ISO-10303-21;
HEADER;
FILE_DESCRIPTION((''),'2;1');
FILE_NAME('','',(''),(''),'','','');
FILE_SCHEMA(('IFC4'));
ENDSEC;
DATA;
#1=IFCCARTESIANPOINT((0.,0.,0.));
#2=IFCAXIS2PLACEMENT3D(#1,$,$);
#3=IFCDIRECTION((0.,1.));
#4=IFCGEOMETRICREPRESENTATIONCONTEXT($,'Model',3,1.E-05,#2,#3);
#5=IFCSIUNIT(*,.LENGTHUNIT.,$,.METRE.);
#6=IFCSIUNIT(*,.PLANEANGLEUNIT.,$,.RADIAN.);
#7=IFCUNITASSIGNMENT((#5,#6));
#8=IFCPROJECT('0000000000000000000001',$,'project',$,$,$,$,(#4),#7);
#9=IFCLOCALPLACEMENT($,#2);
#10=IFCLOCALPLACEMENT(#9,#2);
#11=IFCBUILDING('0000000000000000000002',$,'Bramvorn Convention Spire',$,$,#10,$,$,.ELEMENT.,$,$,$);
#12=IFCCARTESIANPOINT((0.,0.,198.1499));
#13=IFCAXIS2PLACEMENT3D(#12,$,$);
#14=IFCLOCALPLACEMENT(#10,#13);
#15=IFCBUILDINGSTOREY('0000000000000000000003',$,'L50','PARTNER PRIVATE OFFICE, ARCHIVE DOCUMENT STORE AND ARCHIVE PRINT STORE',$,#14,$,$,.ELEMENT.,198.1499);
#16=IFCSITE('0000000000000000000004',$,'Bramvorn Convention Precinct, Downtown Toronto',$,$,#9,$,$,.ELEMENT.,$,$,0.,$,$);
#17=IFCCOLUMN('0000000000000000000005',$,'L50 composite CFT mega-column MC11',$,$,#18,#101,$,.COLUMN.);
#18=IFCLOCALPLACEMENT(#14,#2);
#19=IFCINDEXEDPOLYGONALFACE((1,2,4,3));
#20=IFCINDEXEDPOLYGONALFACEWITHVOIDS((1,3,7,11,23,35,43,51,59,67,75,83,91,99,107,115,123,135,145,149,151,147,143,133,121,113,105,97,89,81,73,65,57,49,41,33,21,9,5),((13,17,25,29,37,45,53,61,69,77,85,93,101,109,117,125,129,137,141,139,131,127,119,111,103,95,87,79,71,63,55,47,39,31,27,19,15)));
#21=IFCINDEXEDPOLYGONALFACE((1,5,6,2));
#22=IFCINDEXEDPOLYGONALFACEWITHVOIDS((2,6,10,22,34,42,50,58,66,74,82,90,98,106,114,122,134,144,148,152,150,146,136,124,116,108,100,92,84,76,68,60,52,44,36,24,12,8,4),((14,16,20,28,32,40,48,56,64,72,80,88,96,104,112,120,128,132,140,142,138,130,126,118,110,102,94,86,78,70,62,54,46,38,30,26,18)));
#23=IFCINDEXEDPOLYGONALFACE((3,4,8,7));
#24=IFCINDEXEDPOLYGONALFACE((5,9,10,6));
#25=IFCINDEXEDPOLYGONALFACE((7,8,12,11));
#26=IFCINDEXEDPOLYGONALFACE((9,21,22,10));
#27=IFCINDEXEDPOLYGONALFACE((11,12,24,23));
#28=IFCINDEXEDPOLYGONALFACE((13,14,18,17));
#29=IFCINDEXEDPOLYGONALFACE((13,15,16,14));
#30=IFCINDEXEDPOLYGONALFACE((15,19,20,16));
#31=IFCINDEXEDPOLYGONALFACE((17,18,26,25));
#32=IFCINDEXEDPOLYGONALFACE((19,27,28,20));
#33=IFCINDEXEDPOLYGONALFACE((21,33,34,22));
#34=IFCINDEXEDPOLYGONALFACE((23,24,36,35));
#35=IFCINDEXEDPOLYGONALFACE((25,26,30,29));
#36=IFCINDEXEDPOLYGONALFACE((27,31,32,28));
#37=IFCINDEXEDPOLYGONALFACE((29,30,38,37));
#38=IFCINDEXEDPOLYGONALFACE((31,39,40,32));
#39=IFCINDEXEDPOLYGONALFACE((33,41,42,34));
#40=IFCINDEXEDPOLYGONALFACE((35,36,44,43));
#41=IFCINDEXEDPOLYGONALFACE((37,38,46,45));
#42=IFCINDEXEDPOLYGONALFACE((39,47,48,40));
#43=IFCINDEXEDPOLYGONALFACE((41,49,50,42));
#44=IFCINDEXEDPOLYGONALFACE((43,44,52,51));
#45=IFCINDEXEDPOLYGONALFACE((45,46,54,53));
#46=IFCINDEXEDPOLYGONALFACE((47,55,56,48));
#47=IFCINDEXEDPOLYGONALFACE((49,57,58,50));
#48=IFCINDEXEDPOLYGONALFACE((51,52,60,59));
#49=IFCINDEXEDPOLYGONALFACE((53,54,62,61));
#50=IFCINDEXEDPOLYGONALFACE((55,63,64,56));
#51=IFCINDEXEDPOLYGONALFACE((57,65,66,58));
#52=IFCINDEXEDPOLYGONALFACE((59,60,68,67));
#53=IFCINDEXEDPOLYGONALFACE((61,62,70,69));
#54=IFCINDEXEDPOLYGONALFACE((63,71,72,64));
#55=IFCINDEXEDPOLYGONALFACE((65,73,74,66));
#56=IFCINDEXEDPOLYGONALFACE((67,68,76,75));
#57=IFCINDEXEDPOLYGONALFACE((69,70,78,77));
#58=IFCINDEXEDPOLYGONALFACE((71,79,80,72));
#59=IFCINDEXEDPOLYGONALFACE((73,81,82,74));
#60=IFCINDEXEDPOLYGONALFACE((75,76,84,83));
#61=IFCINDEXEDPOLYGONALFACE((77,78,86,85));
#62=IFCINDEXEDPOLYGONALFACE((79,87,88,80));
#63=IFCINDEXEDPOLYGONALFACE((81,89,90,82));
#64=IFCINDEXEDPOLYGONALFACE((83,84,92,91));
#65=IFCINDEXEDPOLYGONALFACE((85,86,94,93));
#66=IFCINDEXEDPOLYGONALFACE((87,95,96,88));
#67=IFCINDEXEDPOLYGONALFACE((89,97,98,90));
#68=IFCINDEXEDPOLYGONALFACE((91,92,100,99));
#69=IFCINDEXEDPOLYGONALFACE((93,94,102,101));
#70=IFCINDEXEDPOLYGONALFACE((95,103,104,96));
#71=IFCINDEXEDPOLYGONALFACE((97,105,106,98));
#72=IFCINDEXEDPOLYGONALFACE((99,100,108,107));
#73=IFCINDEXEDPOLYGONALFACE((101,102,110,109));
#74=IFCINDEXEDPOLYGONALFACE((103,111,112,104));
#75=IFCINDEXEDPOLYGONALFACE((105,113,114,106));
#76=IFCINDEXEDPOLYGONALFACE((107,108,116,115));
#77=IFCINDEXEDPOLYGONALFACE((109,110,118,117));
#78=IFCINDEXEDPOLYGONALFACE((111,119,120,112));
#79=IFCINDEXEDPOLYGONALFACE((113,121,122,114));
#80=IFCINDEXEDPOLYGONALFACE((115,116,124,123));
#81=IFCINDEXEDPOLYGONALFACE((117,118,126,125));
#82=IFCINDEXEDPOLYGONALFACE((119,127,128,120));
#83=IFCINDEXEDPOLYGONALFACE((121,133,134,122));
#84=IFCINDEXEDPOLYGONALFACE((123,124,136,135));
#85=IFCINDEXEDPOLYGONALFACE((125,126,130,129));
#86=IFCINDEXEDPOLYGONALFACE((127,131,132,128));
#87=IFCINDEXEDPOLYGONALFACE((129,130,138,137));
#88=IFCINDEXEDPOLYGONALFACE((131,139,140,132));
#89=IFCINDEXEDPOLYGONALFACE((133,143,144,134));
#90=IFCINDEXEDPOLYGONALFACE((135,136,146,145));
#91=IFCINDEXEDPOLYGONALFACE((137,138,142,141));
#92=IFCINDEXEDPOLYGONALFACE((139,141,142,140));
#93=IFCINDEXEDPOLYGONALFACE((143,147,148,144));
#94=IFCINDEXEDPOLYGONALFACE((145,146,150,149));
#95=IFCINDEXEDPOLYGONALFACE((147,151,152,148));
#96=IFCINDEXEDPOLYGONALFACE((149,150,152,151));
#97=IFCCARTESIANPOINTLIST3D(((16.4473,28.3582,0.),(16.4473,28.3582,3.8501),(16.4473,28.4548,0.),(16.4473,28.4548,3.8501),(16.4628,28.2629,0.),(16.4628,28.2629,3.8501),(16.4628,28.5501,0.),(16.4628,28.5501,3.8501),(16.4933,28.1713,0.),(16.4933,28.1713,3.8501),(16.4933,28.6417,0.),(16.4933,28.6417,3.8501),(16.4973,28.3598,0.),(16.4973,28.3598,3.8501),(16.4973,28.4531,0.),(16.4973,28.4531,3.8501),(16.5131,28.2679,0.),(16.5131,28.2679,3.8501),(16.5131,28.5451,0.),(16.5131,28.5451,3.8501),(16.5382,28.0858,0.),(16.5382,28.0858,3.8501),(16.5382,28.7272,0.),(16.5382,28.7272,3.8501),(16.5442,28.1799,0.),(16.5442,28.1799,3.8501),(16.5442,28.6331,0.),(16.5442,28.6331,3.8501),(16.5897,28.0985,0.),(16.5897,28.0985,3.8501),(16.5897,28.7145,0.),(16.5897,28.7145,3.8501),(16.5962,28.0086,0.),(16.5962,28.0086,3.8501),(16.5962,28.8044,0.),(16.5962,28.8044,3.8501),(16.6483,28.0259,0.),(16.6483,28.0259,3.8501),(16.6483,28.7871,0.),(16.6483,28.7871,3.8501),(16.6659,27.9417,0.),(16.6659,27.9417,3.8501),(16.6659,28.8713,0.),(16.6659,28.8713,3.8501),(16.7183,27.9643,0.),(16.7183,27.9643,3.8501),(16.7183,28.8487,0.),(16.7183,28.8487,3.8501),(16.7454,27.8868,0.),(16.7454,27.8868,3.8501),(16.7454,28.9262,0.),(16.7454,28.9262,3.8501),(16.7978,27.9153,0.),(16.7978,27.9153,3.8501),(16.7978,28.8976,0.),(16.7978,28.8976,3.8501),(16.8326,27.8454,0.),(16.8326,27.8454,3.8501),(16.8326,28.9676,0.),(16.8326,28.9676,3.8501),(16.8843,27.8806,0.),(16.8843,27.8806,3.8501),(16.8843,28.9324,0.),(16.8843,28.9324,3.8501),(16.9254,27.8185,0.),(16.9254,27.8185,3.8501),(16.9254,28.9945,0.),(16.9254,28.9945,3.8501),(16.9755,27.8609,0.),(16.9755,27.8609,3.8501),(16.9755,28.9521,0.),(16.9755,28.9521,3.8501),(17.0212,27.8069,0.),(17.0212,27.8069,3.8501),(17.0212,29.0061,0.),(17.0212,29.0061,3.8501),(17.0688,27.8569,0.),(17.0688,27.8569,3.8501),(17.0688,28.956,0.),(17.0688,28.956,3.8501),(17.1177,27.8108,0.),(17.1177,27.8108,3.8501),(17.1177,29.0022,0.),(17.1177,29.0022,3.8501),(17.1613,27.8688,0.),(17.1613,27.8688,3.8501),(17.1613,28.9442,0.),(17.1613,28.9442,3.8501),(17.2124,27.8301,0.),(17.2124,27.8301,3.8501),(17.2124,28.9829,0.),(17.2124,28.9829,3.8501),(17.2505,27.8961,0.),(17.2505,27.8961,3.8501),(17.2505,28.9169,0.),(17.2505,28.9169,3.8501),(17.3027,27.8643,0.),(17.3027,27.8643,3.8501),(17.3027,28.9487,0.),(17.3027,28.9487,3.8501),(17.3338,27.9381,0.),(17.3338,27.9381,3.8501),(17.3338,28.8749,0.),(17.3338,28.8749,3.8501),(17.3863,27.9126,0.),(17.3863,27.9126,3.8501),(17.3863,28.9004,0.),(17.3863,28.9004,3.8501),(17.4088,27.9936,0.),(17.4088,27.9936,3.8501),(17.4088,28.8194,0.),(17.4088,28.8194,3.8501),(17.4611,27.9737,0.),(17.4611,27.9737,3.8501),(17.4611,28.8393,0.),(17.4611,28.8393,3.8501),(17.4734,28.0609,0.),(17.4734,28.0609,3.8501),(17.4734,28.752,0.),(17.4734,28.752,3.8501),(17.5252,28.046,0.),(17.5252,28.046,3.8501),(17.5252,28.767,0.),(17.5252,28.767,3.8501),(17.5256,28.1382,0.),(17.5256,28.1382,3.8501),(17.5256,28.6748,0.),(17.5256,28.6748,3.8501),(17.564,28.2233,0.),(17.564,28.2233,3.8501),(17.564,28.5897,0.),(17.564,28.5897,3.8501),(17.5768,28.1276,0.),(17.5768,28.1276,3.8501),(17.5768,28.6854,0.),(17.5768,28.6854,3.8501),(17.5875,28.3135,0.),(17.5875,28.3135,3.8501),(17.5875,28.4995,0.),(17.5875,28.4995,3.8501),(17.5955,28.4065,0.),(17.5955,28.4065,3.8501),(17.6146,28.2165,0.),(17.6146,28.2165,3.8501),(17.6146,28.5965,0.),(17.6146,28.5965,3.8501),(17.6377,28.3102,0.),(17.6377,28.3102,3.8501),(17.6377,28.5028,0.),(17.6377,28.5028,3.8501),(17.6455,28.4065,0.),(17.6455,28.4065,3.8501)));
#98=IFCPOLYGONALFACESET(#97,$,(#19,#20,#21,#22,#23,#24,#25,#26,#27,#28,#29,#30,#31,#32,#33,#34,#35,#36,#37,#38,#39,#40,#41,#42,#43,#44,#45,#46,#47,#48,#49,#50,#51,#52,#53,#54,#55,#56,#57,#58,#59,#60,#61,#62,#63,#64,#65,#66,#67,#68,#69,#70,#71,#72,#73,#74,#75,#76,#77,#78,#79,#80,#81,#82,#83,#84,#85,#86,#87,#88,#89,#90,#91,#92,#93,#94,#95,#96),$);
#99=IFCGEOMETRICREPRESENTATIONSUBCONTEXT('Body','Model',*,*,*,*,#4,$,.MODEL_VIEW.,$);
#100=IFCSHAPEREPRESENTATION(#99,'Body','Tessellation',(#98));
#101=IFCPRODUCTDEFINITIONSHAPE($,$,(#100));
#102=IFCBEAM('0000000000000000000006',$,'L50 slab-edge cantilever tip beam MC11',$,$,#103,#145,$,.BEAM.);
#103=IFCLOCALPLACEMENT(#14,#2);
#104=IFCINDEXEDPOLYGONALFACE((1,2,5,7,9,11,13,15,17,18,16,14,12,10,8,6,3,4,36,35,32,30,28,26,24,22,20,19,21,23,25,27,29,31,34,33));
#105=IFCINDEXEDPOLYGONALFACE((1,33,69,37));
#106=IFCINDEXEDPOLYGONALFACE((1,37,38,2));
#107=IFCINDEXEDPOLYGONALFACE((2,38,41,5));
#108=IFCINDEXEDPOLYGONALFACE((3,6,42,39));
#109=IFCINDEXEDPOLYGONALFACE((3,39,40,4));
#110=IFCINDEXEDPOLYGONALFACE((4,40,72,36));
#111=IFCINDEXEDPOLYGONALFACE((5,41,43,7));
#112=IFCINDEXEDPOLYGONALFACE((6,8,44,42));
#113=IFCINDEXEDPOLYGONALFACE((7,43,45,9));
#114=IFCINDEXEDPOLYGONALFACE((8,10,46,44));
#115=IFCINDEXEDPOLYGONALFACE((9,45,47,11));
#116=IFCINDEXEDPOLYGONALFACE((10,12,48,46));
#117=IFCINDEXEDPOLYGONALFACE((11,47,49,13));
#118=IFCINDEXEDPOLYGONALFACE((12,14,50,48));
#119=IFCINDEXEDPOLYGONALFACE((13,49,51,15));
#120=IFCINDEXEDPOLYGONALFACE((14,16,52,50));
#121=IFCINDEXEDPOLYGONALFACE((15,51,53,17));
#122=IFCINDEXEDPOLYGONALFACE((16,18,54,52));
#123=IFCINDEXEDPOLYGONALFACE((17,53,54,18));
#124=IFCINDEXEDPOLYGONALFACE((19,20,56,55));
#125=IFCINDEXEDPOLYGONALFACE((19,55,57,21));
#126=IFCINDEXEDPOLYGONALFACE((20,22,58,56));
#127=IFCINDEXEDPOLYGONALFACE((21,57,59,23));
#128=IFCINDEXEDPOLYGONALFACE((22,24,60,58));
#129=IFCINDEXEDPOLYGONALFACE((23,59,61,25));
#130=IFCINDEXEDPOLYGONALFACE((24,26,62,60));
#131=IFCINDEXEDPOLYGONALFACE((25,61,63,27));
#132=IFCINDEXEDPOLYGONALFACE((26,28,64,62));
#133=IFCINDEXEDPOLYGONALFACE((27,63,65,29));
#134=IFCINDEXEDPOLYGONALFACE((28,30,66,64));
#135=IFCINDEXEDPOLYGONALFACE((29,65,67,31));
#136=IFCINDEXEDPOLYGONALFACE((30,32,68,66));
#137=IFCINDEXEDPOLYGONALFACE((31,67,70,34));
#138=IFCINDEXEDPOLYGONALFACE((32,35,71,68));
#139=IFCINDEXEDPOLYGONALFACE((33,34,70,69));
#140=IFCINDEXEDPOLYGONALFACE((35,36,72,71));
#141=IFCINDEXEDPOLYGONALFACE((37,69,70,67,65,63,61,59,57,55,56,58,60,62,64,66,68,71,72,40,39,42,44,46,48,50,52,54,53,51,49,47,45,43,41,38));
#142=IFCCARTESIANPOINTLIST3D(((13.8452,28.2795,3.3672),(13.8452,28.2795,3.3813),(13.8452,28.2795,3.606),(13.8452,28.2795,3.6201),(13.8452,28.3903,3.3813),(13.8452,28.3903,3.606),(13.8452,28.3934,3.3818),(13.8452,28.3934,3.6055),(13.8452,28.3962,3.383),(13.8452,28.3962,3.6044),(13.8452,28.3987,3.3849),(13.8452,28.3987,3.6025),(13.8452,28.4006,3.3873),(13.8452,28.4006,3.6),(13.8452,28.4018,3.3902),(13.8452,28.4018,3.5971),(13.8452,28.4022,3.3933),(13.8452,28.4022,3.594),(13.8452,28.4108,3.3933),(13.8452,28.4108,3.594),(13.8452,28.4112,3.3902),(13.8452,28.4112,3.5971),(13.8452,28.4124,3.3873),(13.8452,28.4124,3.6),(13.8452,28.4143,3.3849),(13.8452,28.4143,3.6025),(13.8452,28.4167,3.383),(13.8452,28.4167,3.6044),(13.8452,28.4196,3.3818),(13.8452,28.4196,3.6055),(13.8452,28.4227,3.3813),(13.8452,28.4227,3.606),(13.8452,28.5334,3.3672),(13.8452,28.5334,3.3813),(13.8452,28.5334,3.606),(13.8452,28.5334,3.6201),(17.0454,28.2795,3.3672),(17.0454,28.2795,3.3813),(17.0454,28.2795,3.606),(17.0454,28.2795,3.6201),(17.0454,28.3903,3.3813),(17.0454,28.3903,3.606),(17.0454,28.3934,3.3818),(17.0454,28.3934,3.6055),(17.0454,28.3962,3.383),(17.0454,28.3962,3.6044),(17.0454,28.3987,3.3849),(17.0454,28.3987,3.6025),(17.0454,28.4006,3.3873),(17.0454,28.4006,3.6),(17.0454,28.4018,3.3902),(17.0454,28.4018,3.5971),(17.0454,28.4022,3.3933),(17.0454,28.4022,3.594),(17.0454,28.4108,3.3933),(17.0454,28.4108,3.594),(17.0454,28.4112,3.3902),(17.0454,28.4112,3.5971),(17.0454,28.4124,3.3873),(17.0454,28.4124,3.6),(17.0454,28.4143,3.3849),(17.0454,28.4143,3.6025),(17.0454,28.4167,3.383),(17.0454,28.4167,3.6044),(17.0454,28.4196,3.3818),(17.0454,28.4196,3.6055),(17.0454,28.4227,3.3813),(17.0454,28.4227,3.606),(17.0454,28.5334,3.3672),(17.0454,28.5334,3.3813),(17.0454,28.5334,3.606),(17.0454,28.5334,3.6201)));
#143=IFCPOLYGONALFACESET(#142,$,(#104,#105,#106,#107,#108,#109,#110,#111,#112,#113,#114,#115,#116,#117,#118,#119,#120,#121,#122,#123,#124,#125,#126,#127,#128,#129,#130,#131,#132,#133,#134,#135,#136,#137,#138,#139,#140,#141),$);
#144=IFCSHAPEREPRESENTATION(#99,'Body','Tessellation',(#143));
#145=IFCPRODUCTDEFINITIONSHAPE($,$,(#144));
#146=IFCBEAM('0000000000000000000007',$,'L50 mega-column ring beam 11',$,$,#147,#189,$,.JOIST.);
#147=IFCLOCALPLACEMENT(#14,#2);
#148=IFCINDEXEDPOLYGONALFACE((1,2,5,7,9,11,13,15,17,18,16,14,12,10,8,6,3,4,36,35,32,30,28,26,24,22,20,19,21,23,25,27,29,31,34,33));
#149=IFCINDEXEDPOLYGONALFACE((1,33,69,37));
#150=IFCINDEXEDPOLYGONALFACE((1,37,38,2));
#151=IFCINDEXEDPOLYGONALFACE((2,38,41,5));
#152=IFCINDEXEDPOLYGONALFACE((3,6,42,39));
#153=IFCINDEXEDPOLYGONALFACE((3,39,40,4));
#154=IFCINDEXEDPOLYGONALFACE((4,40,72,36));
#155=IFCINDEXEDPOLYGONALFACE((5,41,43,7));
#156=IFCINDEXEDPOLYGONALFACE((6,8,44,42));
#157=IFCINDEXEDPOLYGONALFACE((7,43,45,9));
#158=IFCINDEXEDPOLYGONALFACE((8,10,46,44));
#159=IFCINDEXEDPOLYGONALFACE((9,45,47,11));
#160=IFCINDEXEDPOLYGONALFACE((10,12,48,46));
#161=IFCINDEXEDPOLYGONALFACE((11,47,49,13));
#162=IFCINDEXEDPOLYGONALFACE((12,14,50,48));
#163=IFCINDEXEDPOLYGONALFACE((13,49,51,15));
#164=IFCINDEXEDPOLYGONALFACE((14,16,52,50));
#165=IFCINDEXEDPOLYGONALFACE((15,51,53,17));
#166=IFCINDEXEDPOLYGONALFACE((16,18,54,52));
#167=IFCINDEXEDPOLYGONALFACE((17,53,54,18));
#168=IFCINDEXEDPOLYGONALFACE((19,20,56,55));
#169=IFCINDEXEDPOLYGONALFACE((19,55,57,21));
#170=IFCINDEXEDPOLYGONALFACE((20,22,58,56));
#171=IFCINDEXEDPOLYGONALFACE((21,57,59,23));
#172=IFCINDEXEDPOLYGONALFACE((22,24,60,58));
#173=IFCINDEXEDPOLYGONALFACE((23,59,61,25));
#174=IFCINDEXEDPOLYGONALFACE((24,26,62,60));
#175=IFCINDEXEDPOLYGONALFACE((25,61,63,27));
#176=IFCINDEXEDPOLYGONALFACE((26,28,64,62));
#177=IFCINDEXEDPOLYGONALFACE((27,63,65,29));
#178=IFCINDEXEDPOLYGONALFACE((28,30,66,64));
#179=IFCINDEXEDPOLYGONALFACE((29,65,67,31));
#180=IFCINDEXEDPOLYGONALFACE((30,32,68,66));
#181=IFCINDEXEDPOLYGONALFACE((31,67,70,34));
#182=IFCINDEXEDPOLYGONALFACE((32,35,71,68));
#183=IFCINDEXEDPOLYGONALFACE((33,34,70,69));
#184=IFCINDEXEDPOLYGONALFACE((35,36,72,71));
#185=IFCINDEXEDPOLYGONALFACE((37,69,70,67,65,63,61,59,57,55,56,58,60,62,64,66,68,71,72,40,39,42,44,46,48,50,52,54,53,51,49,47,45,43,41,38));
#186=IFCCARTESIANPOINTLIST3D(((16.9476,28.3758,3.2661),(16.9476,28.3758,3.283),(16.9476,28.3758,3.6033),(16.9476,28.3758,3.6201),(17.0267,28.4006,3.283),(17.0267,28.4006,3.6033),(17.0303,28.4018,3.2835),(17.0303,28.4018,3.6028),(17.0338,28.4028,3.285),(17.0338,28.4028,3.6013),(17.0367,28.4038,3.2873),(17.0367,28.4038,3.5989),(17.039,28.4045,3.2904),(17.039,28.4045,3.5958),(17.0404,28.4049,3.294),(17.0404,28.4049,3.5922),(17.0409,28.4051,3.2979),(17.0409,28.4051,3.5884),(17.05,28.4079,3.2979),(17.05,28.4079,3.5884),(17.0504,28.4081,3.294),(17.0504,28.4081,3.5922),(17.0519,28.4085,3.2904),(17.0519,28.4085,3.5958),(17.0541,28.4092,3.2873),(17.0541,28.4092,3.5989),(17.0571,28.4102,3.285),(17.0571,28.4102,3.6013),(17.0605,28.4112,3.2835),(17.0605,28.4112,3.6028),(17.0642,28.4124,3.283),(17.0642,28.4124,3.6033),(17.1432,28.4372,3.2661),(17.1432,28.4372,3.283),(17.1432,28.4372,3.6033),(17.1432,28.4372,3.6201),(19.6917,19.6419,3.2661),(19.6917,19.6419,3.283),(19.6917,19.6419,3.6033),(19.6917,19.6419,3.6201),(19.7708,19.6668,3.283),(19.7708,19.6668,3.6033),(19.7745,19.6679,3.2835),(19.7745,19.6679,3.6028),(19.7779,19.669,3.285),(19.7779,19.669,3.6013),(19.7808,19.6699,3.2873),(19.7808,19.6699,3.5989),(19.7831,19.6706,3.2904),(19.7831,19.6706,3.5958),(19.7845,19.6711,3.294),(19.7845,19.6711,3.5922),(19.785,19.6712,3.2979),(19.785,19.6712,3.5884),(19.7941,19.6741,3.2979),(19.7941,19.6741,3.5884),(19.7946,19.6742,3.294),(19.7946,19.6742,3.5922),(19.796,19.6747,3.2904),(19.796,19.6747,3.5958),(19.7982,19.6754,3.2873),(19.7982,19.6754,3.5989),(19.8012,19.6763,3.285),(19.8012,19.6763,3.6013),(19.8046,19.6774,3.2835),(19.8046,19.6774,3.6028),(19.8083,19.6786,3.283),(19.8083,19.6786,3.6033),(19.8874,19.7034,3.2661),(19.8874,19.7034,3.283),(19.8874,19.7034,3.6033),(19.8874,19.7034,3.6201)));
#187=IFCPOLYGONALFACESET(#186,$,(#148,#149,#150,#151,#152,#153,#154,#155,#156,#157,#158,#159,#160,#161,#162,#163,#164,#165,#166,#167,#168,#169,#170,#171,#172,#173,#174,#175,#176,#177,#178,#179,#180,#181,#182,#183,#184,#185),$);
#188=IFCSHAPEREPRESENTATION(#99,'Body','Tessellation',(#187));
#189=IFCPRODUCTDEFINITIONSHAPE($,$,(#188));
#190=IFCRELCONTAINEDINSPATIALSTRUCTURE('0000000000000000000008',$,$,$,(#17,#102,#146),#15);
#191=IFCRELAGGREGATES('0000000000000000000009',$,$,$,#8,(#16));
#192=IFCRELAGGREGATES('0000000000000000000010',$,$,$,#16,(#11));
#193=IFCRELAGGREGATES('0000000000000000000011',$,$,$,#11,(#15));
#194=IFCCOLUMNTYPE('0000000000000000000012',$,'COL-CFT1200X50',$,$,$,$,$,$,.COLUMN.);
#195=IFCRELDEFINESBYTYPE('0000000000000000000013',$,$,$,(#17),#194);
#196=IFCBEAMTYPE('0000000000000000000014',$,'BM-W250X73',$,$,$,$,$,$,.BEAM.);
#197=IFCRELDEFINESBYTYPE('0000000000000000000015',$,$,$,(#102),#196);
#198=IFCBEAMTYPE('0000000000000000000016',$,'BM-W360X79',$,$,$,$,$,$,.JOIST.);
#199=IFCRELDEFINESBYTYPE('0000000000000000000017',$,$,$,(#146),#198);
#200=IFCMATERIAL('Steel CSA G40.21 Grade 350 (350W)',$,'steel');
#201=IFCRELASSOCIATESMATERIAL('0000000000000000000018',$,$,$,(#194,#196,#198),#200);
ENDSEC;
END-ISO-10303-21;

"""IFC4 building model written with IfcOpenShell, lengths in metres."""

from ifc_helpers import new_model, si_unit, direction, frame, origin, origin_2d, place, context, subcontext, project, spatial, hollow_circle, i_section, extrude, material, material_profile, profile_set, type_object, element, save


model = new_model("IFC4")

# Units and contexts
model_context = context("Model", 3, precision=1e-05, world=origin(), true_north=direction((0.0, 1.0)))
body_context = subcontext(model_context, "Body", "Model", "MODEL_VIEW")
ifc_project = project(units=[si_unit("LENGTHUNIT", "METRE"), si_unit("PLANEANGLEUNIT", "RADIAN")], contexts=[model_context])

# Site, building, storey
site_placement = place(None, origin())
site = spatial("IfcSite", under=ifc_project, at=site_placement, Name="Bramvorn Convention Precinct, Downtown Toronto", CompositionType="ELEMENT", RefElevation=0.0)
building_placement = place(site_placement, origin())
building = spatial("IfcBuilding", under=site, at=building_placement, Name="Bramvorn Convention Spire", CompositionType="ELEMENT")
storey_placement = place(building_placement, frame((0.0, 0.0, 198.1499)))
storey = spatial("IfcBuildingStorey", under=building, at=storey_placement, Name="L50", Description="PARTNER PRIVATE OFFICE, ARCHIVE DOCUMENT STORE AND ARCHIVE PRINT STORE", CompositionType="ELEMENT", Elevation=198.1499)

# Column
ifc_material_1 = material(Name="Steel CSA G40.21 Grade 350 (350W)", Category="steel")
ifc_material_profile_1 = material_profile(ifc_material_1, hollow_circle(Radius=0.6001, WallThickness=0.05, at=origin_2d()))
ifc_profile_set_1 = profile_set([ifc_material_profile_1], Name="Steel CSA G40.21 Grade 350 (350W) - CFT1200X50")
column_type = type_object("IfcColumnType", Name="COL-CFT1200X50", PredefinedType="COLUMN", material=ifc_profile_set_1)
column_placement = place(storey_placement, frame((17.0454, 28.4065, 0.0), z_axis=(0.0, 0.0, 1.0), x_axis=(1.0, 0.0, 0.0)))
element("IfcColumn", 1, at=column_placement, inside=storey, type_object=column_type, Name="L50 composite CFT mega-column MC11", PredefinedType="COLUMN", context=body_context, shape_type="SweptSolid", body=[
    extrude(hollow_circle(Radius=0.6001, WallThickness=0.05, at=origin_2d()), origin(), (0.0, 0.0, 1.0), 3.8501),
])

# Beams
ifc_material_profile_2 = material_profile(ifc_material_1, i_section(OverallWidth=0.2539, OverallDepth=0.2529, WebThickness=0.0085, FlangeThickness=0.0142, FilletRadius=0.012, at=origin_2d()))
ifc_profile_set_2 = profile_set([ifc_material_profile_2], Name="Steel CSA G40.21 Grade 350 (350W) - W250X73")
beam_type_1 = type_object("IfcBeamType", Name="BM-W250X73", PredefinedType="BEAM", material=ifc_profile_set_2)
beam_1_placement = place(storey_placement, frame((17.0454, 28.4065, 3.4937), z_axis=(-1.0, 0.0, 0.0), x_axis=(0.0, -1.0, 0.0)))
element("IfcBeam", 2, at=beam_1_placement, inside=storey, type_object=beam_type_1, Name="L50 slab-edge cantilever tip beam MC11", PredefinedType="BEAM", context=body_context, shape_type="SweptSolid", body=[
    extrude(i_section(OverallWidth=0.2539, OverallDepth=0.2529, WebThickness=0.0085, FlangeThickness=0.0142, FilletRadius=0.012, at=origin_2d()), origin(), (0.0, 0.0, 1.0), 3.2002),
])
ifc_material_profile_3 = material_profile(ifc_material_1, i_section(OverallWidth=0.2051, OverallDepth=0.354, WebThickness=0.0095, FlangeThickness=0.0168, FilletRadius=0.0149, at=origin_2d()))
ifc_profile_set_3 = profile_set([ifc_material_profile_3], Name="Steel CSA G40.21 Grade 350 (350W) - W360X79")
beam_type_2 = type_object("IfcBeamType", Name="BM-W360X79", PredefinedType="JOIST", material=ifc_profile_set_3)
beam_2_placement = place(storey_placement, frame((17.0454, 28.4065, 3.4431), z_axis=(0.299748, -0.954019, 0.0), x_axis=(0.954019, 0.299748, 0.0)))
element("IfcBeam", 3, at=beam_2_placement, inside=storey, type_object=beam_type_2, Name="L50 mega-column ring beam 11", PredefinedType="JOIST", context=body_context, shape_type="SweptSolid", body=[
    extrude(i_section(OverallWidth=0.2051, OverallDepth=0.354, WebThickness=0.0095, FlangeThickness=0.0168, FilletRadius=0.0149, at=origin_2d()), origin(), (0.0, 0.0, 1.0), 9.1548),
])

save(model, "model.ifc")
